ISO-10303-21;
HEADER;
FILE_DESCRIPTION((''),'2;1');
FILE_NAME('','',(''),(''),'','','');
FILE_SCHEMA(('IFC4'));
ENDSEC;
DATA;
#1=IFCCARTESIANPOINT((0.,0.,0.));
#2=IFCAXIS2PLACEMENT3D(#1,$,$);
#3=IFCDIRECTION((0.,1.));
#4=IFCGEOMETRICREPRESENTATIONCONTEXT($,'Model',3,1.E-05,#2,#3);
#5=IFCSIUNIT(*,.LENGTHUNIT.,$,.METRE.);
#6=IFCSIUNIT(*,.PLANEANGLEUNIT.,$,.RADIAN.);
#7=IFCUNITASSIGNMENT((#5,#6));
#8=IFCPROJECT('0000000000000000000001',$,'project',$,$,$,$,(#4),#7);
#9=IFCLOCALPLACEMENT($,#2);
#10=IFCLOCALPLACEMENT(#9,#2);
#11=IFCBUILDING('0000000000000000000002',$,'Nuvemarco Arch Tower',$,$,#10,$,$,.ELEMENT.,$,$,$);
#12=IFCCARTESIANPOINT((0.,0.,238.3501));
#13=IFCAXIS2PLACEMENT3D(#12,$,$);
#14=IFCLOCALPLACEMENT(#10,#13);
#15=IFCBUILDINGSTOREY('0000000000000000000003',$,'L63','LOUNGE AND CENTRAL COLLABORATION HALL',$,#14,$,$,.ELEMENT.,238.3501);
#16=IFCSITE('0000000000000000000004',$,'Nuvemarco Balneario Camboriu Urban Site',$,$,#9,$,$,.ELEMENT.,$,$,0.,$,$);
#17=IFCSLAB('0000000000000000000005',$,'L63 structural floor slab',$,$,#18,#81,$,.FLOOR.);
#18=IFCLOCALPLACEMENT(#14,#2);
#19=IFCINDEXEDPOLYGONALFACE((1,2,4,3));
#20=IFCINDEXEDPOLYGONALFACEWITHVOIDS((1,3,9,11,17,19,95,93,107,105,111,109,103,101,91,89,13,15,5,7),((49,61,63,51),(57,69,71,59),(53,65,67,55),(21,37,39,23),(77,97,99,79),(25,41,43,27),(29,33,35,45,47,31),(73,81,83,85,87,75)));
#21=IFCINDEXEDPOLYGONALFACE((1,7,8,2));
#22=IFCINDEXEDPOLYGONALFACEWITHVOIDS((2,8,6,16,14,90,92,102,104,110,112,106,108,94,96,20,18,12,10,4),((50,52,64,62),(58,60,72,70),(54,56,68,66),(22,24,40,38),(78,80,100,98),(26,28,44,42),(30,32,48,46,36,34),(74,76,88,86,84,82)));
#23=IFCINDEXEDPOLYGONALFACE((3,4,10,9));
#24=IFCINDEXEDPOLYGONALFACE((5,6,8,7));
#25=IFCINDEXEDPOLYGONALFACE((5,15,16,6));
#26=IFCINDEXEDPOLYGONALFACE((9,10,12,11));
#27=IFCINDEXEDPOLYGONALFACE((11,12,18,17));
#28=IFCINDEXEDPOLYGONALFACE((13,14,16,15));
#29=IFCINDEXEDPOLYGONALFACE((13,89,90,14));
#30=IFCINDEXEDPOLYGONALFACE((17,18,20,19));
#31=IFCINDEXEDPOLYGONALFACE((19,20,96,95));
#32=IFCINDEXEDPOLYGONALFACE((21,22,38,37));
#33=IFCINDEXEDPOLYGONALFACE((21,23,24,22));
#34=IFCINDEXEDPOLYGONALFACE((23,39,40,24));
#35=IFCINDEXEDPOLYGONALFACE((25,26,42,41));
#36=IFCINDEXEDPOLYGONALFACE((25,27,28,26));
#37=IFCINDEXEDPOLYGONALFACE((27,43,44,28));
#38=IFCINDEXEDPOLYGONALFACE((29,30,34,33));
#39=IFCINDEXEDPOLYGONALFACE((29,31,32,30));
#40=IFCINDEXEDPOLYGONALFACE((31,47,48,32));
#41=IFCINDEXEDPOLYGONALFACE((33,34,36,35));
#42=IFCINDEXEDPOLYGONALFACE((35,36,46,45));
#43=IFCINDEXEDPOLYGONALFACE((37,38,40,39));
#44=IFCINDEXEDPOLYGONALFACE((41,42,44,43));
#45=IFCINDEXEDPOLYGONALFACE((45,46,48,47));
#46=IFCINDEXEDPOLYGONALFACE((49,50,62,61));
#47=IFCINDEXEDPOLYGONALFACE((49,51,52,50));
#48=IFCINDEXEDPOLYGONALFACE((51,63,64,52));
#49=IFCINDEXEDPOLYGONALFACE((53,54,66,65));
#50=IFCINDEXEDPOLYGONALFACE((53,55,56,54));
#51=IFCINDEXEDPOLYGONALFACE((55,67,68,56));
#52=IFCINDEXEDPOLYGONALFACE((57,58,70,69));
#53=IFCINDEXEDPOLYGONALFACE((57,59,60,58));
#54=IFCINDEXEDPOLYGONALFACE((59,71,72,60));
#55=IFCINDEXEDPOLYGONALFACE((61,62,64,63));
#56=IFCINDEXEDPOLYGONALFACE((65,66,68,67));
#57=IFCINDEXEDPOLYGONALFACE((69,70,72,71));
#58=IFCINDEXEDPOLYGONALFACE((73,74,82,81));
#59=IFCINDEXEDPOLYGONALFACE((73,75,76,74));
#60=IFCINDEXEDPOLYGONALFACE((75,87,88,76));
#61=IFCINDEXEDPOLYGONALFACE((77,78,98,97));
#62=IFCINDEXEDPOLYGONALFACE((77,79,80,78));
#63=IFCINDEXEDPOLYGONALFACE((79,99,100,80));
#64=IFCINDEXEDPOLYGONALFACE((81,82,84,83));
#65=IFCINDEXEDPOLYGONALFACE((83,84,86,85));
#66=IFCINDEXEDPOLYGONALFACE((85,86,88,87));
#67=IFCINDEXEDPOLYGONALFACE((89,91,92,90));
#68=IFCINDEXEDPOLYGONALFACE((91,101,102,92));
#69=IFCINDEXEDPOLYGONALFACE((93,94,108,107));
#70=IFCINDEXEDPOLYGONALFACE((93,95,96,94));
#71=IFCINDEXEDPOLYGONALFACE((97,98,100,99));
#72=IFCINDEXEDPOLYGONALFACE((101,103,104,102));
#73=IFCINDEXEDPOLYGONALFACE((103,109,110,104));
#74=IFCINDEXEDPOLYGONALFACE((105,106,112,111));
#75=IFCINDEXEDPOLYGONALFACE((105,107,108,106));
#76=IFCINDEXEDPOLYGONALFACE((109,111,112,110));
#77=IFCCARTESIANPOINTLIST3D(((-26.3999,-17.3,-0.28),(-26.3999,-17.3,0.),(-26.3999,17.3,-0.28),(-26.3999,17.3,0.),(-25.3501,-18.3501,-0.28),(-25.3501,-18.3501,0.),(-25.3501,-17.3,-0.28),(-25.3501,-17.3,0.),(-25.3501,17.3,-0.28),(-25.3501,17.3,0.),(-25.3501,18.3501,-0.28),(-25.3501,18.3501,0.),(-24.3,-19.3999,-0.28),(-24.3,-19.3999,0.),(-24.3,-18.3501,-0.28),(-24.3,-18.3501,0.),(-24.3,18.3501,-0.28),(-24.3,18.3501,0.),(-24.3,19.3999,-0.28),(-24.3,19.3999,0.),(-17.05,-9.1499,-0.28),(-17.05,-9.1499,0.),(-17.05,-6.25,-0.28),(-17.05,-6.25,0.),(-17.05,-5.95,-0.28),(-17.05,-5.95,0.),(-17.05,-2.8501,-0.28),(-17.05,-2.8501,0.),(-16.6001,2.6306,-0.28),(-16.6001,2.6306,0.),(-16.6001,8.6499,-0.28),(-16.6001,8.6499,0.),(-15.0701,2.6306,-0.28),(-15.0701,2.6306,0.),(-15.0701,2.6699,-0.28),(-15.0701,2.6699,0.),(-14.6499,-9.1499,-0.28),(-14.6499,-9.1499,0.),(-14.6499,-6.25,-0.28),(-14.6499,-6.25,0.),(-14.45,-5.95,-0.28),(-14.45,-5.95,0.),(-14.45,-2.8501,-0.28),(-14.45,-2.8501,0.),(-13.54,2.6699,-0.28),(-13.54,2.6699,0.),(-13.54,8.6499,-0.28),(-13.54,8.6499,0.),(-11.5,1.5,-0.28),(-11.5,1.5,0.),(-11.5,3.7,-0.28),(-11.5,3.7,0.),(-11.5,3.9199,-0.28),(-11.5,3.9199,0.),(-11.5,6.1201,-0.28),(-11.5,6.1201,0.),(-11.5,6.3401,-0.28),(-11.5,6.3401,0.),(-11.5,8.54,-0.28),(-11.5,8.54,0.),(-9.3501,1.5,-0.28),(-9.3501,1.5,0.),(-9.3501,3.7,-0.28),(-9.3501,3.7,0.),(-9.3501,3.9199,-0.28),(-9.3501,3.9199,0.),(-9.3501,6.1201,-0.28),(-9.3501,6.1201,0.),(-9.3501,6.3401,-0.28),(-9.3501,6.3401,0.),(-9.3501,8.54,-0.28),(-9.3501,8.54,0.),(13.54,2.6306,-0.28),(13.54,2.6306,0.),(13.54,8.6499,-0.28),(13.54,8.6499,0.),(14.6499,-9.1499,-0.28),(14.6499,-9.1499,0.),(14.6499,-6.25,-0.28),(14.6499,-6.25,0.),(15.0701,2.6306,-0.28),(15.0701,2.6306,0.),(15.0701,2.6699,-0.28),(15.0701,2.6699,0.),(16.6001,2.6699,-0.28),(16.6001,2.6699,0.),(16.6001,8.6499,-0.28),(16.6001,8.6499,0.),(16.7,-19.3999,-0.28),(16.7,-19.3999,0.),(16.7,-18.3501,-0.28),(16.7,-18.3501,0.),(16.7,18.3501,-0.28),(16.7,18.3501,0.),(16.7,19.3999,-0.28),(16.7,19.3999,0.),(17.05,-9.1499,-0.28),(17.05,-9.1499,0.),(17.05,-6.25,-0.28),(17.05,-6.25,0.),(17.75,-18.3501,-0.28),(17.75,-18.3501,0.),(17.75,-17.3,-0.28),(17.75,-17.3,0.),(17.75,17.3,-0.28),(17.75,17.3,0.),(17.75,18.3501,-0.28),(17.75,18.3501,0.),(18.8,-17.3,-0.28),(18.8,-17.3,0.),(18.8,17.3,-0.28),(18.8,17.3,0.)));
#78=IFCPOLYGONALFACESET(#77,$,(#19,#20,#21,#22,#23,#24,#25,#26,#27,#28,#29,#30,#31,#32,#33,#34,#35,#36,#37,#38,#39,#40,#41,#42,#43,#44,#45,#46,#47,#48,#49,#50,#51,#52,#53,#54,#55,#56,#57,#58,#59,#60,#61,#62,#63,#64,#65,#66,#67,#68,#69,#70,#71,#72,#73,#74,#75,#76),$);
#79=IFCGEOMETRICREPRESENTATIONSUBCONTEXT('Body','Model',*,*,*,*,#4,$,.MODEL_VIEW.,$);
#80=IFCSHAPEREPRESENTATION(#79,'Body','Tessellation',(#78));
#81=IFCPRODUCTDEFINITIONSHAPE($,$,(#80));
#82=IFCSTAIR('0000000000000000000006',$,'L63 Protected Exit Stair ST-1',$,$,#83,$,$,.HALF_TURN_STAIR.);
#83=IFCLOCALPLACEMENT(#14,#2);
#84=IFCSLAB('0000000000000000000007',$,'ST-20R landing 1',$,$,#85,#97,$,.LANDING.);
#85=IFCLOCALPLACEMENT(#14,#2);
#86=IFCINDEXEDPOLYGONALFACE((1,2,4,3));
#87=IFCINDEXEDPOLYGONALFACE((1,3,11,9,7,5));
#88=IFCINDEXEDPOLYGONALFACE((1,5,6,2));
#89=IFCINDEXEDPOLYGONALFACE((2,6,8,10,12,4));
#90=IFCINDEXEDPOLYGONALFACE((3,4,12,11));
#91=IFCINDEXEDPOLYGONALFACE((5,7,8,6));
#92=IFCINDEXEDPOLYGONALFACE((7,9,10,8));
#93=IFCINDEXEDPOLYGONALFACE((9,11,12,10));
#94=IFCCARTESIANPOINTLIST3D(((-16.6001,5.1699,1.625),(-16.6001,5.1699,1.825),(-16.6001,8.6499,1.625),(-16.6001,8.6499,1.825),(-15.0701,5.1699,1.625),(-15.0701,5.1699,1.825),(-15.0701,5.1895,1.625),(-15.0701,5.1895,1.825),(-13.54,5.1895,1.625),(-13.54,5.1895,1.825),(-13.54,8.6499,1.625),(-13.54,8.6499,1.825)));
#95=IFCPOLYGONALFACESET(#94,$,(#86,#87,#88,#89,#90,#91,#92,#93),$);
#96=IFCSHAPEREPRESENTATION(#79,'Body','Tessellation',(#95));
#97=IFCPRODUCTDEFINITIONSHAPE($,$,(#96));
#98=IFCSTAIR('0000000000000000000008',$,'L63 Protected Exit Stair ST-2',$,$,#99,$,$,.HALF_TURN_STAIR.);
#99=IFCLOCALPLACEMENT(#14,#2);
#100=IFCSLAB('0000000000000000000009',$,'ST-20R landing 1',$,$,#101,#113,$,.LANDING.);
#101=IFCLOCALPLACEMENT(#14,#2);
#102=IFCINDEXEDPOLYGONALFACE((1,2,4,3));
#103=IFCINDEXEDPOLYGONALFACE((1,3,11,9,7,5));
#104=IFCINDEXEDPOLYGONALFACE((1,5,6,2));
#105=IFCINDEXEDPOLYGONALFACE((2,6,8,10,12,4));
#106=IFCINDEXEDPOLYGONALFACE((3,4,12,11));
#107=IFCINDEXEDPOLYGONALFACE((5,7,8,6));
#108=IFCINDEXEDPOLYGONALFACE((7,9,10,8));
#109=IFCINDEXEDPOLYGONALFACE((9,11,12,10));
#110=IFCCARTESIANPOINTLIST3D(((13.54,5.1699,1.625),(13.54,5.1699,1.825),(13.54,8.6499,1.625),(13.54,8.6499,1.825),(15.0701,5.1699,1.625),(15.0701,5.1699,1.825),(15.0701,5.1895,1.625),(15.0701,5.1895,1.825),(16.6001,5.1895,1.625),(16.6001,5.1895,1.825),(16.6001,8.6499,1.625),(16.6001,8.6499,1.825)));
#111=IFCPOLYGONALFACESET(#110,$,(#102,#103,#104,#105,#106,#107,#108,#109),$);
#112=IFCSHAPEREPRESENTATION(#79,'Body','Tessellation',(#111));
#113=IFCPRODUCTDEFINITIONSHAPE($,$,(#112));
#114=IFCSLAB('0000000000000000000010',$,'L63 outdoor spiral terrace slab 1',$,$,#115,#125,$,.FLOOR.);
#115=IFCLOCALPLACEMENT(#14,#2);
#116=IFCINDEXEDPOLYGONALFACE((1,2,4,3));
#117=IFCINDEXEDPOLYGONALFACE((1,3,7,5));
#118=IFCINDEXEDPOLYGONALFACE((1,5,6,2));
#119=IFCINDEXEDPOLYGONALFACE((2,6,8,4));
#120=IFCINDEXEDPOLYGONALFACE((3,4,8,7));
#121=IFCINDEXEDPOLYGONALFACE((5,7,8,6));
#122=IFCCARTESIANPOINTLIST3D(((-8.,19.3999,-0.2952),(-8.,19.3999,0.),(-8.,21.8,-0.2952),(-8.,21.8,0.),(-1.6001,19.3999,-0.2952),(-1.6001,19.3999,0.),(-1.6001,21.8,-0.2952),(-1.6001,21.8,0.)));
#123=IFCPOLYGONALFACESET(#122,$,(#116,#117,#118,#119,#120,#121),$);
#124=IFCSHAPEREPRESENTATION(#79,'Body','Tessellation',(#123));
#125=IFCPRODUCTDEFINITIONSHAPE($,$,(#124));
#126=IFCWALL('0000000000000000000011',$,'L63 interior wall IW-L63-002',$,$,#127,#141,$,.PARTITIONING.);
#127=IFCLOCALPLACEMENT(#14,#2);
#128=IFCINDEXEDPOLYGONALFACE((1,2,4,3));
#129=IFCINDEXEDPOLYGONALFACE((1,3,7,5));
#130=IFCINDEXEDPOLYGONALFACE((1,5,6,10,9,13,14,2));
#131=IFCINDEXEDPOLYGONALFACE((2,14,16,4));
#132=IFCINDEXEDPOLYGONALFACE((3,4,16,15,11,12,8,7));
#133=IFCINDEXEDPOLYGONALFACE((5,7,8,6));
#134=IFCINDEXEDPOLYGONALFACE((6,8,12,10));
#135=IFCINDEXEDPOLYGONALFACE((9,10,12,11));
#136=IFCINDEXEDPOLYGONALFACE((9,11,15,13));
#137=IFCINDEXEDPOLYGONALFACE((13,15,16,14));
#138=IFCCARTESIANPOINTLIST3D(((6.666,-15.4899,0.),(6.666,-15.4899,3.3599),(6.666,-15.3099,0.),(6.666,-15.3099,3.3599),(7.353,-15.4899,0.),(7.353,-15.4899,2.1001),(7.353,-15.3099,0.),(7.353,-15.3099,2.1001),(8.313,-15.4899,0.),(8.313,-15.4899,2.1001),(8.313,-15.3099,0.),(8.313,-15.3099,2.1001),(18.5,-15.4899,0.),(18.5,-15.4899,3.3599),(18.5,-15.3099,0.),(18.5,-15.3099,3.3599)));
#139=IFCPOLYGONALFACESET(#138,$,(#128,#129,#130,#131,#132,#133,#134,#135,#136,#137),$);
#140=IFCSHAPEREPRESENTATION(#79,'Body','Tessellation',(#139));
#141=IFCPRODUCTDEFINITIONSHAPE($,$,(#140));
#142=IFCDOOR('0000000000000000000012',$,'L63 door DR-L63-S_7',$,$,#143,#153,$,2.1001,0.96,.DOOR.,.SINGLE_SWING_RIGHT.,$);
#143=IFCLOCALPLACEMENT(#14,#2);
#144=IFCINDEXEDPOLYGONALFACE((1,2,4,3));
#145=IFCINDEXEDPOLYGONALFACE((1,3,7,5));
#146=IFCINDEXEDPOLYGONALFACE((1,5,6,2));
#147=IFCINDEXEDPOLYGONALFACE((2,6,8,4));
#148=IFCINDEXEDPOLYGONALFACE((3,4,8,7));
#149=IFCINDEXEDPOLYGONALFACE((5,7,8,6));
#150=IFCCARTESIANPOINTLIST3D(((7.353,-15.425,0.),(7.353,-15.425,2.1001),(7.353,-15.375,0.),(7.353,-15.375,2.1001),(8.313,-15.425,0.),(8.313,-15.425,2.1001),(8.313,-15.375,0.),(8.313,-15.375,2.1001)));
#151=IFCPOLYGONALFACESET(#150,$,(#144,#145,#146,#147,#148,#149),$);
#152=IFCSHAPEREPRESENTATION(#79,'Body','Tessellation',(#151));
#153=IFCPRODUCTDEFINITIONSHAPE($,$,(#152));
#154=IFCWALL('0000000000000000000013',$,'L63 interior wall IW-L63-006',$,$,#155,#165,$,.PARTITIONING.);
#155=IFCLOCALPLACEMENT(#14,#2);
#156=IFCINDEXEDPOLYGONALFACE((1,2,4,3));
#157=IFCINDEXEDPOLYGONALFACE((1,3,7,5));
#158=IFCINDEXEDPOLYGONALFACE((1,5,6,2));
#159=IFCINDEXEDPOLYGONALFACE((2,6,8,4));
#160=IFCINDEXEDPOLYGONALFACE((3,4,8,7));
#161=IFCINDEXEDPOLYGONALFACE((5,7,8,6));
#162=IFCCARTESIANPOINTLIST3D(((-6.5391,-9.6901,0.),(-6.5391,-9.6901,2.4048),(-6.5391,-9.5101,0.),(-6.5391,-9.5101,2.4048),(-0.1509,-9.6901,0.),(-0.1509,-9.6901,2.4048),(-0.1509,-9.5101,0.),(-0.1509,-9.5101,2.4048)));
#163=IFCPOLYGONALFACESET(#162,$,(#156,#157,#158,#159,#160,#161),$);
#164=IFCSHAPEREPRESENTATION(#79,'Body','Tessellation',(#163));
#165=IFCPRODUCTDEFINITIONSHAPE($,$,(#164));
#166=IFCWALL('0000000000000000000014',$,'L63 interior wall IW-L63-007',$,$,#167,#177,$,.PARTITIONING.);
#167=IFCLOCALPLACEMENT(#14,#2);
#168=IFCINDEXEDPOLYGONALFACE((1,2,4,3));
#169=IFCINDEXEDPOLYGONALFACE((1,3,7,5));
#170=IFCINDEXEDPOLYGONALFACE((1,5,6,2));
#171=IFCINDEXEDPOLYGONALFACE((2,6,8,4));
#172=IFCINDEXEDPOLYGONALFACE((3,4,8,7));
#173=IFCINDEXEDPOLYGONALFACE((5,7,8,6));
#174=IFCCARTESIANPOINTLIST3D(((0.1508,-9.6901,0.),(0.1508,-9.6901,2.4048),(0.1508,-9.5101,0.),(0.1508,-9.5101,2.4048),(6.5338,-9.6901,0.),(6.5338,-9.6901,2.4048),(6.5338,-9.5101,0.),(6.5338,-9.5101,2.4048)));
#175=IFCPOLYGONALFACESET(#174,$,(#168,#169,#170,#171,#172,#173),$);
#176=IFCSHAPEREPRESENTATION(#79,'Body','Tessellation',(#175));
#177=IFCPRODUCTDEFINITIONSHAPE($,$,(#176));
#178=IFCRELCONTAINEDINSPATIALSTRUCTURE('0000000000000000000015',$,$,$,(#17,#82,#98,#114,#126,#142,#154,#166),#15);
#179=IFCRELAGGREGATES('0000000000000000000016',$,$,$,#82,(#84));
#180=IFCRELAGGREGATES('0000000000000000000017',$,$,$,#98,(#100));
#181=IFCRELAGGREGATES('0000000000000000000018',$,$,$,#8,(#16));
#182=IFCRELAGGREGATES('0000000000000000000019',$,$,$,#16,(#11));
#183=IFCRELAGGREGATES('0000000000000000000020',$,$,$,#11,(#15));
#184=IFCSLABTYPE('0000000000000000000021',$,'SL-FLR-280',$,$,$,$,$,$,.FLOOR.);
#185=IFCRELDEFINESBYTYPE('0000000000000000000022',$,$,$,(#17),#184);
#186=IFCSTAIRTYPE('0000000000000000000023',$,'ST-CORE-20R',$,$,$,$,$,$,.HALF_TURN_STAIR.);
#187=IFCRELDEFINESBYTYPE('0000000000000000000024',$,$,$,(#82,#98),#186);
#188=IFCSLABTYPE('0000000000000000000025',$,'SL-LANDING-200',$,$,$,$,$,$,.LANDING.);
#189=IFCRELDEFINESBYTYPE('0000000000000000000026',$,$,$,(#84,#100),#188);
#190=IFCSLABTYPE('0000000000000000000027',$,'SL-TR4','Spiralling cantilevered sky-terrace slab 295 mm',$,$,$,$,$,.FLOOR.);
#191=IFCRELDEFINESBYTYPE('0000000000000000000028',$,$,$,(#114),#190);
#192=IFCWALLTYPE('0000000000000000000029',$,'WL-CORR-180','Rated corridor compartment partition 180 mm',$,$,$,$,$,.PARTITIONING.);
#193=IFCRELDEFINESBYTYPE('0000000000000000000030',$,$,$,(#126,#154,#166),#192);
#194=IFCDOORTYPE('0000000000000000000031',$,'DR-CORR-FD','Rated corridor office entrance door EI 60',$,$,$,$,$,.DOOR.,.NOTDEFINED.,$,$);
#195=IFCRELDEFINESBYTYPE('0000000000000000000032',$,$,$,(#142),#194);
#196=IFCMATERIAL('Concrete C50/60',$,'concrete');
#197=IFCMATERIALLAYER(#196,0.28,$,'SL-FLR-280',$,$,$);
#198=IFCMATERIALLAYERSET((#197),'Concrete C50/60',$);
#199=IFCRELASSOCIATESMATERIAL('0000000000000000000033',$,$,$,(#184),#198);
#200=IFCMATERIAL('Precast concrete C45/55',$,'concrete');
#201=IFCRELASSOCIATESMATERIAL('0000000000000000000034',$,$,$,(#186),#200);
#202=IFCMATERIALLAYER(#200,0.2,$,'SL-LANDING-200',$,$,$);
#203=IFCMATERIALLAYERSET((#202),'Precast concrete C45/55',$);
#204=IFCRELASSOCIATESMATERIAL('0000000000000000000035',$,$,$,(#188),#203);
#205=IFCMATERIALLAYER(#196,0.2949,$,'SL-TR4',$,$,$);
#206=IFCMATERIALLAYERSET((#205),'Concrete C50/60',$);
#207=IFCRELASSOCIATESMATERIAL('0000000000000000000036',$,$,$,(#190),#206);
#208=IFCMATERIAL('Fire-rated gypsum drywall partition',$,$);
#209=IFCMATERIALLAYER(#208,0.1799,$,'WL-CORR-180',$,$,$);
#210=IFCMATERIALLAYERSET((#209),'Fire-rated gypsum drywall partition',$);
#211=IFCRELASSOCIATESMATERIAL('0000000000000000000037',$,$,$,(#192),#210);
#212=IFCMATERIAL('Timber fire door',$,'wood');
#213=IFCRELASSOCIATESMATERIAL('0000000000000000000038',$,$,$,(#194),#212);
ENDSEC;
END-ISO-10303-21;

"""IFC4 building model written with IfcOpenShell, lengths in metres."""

from ifc_helpers import new_model, si_unit, direction, frame, frame_2d, origin, place, context, subcontext, project, spatial, polyline, rectangle, outline, extrude, source, transform, mapped, material, layer, layer_set, type_object, type_shapes, element, fill, aggregate, save


model = new_model("IFC4")

# Units and contexts
model_context = context("Model", 3, precision=1e-05, world=origin(), true_north=direction((0.0, 1.0)))
body_context = subcontext(model_context, "Body", "Model", "MODEL_VIEW")
ifc_project = project(units=[si_unit("LENGTHUNIT", "METRE"), si_unit("PLANEANGLEUNIT", "RADIAN")], contexts=[model_context])

# Site, building, storey
site_placement = place(None, origin())
site = spatial("IfcSite", under=ifc_project, at=site_placement, Name="Nuvemarco Balneario Camboriu Urban Site", CompositionType="ELEMENT", RefElevation=0.0)
building_placement = place(site_placement, origin())
building = spatial("IfcBuilding", under=site, at=building_placement, Name="Nuvemarco Arch Tower", CompositionType="ELEMENT")
storey_placement = place(building_placement, frame((0.0, 0.0, 238.3501)))
storey = spatial("IfcBuildingStorey", under=building, at=storey_placement, Name="L63", Description="LOUNGE AND CENTRAL COLLABORATION HALL", CompositionType="ELEMENT", Elevation=238.3501)

# Slab
ifc_material_1 = material(Name="Concrete C50/60", Category="concrete")
ifc_layer_1 = layer(ifc_material_1, 0.28, Name="SL-FLR-280")
ifc_layer_set_1 = layer_set([ifc_layer_1], Name="Concrete C50/60")
slab_type_1 = type_object("IfcSlabType", Name="SL-FLR-280", PredefinedType="FLOOR", material=ifc_layer_set_1)
slab_1_placement = place(storey_placement, frame((0.0, 0.0, -0.28)))
element("IfcSlab", 1, at=slab_1_placement, inside=storey, type_object=slab_type_1, Name="L63 structural floor slab", PredefinedType="FLOOR", context=body_context, shape_type="SweptSolid", body=[
    extrude(outline(polyline([(-24.3, -19.3999), (16.7, -19.3999), (16.7, -18.3501), (17.75, -18.3501), (17.75, -17.3), (18.8, -17.3), (18.8, 17.3), (17.75, 17.3), (17.75, 18.3501), (16.7, 18.3501), (16.7, 19.3999), (-24.3, 19.3999), (-24.3, 18.3501), (-25.3501, 18.3501), (-25.3501, 17.3), (-26.3999, 17.3), (-26.3999, -17.3), (-25.3501, -17.3), (-25.3501, -18.3501), (-24.3, -18.3501), (-24.3, -19.3999)]), holes=[polyline([(-13.54, 2.6699), (-13.54, 8.6499), (-16.6001, 8.6499), (-16.6001, 2.6306), (-15.0701, 2.6306), (-15.0701, 2.6699), (-13.54, 2.6699)]), polyline([(16.6001, 2.6699), (16.6001, 8.6499), (13.54, 8.6499), (13.54, 2.6306), (15.0701, 2.6306), (15.0701, 2.6699), (16.6001, 2.6699)]), polyline([(-17.05, -9.1499), (-14.6499, -9.1499), (-14.6499, -6.25), (-17.05, -6.25), (-17.05, -9.1499)]), polyline([(-17.05, -5.95), (-14.45, -5.95), (-14.45, -2.8501), (-17.05, -2.8501), (-17.05, -5.95)]), polyline([(-11.5, 1.5), (-9.3501, 1.5), (-9.3501, 3.7), (-11.5, 3.7), (-11.5, 1.5)]), polyline([(-11.5, 3.9199), (-9.3501, 3.9199), (-9.3501, 6.1201), (-11.5, 6.1201), (-11.5, 3.9199)]), polyline([(-11.5, 6.3401), (-9.3501, 6.3401), (-9.3501, 8.54), (-11.5, 8.54), (-11.5, 6.3401)]), polyline([(14.6499, -9.1499), (17.05, -9.1499), (17.05, -6.25), (14.6499, -6.25), (14.6499, -9.1499)])]), origin(), (0.0, 0.0, 1.0), 0.28),
])

# Stairs, slabs
ifc_material_2 = material(Name="Precast concrete C45/55", Category="concrete")
stair_type = type_object("IfcStairType", Name="ST-CORE-20R", PredefinedType="HALF_TURN_STAIR", material=ifc_material_2)
stair_1_placement = place(storey_placement, origin())
stair_1 = element("IfcStair", 2, at=stair_1_placement, inside=storey, type_object=stair_type, Name="L63 Protected Exit Stair ST-1", PredefinedType="HALF_TURN_STAIR")
ifc_layer_2 = layer(ifc_material_2, 0.2, Name="SL-LANDING-200")
ifc_layer_set_2 = layer_set([ifc_layer_2], Name="Precast concrete C45/55")
slab_type_2 = type_object("IfcSlabType", Name="SL-LANDING-200", PredefinedType="LANDING", material=ifc_layer_set_2)
slab_2_placement = place(storey_placement, frame((0.0, 0.0, 1.625)))
slab_2 = element("IfcSlab", 3, at=slab_2_placement, type_object=slab_type_2, Name="ST-20R landing 1", PredefinedType="LANDING", context=body_context, shape_type="SweptSolid", body=[
    extrude(outline(polyline([(-13.54, 5.1895), (-13.54, 8.6499), (-16.6001, 8.6499), (-16.6001, 5.1699), (-15.0701, 5.1699), (-15.0701, 5.1895), (-13.54, 5.1895)])), origin(), (0.0, 0.0, 1.0), 0.2),
])
aggregate(stair_1, [slab_2])
stair_2_placement = place(storey_placement, origin())
stair_2 = element("IfcStair", 4, at=stair_2_placement, inside=storey, type_object=stair_type, Name="L63 Protected Exit Stair ST-2", PredefinedType="HALF_TURN_STAIR")
slab_3_placement = place(storey_placement, frame((0.0, 0.0, 1.625)))
slab_3 = element("IfcSlab", 5, at=slab_3_placement, type_object=slab_type_2, Name="ST-20R landing 1", PredefinedType="LANDING", context=body_context, shape_type="SweptSolid", body=[
    extrude(outline(polyline([(16.6001, 5.1895), (16.6001, 8.6499), (13.54, 8.6499), (13.54, 5.1699), (15.0701, 5.1699), (15.0701, 5.1895), (16.6001, 5.1895)])), origin(), (0.0, 0.0, 1.0), 0.2),
])
aggregate(stair_2, [slab_3])

# Slab
ifc_layer_3 = layer(ifc_material_1, 0.2949, Name="SL-TR4")
ifc_layer_set_3 = layer_set([ifc_layer_3], Name="Concrete C50/60")
slab_type_3 = type_object("IfcSlabType", Name="SL-TR4", Description="Spiralling cantilevered sky-terrace slab 295 mm", PredefinedType="FLOOR", material=ifc_layer_set_3)
slab_4_placement = place(storey_placement, frame((0.0, 0.0, -0.2952)))
element("IfcSlab", 6, at=slab_4_placement, inside=storey, type_object=slab_type_3, Name="L63 outdoor spiral terrace slab 1", PredefinedType="FLOOR", context=body_context, shape_type="SweptSolid", body=[
    extrude(outline(polyline([(-8.0, 19.3999), (-1.6001, 19.3999), (-1.6001, 21.8), (-8.0, 21.8), (-8.0, 19.3999)])), origin(), (0.0, 0.0, 1.0), 0.2952),
])

# Wall, opening, door
ifc_material_3 = material(Name="Fire-rated gypsum drywall partition")
ifc_layer_4 = layer(ifc_material_3, 0.1799, Name="WL-CORR-180")
ifc_layer_set_4 = layer_set([ifc_layer_4], Name="Fire-rated gypsum drywall partition")
wall_type = type_object("IfcWallType", Name="WL-CORR-180", Description="Rated corridor compartment partition 180 mm", PredefinedType="PARTITIONING", material=ifc_layer_set_4)
wall_1_placement = place(storey_placement, frame((6.666, -15.3999, 0.0), z_axis=(0.0, 0.0, 1.0), x_axis=(1.0, 0.0, 0.0)))
wall_1 = element("IfcWall", 7, at=wall_1_placement, inside=storey, type_object=wall_type, Name="L63 interior wall IW-L63-002", PredefinedType="PARTITIONING", context=body_context, shape_type="SweptSolid", body=[
    extrude(rectangle(XDim=11.834, YDim=0.1799, at=frame_2d((5.917, 0.0))), origin(), (0.0, 0.0, 1.0), 3.3599),
])
opening_placement = place(wall_1_placement, frame((0.687, 0.0, 0.0)))
opening = element("IfcOpeningElement", 8, at=opening_placement, cuts=wall_1, PredefinedType="OPENING", context=body_context, shape_type="SweptSolid", body=[
    extrude(rectangle(XDim=0.96, YDim=2.1001, at=frame_2d((0.48, 1.05))), frame((0.0, 0.0999, 0.0), z_axis=(0.0, -1.0, 0.0), x_axis=(1.0, 0.0, 0.0)), (0.0, 0.0, 1.0), 0.2),
])
ifc_material_4 = material(Name="Timber fire door", Category="wood")
door_type = type_object("IfcDoorType", Name="DR-CORR-FD", Description="Rated corridor office entrance door EI 60", OperationType="NOTDEFINED", PredefinedType="DOOR", material=ifc_material_4)
shared_shape = source(origin(), body_context, "Body", "SweptSolid", [
    extrude(rectangle(XDim=0.96, YDim=2.1001, at=frame_2d((0.48, 1.05))), frame((0.0, 0.0249, 0.0), z_axis=(0.0, -1.0, 0.0), x_axis=(1.0, 0.0, 0.0)), (0.0, 0.0, 1.0), 0.05),
])
type_shapes(door_type, [shared_shape])
door_placement = place(opening_placement, origin())
door = element("IfcDoor", 9, at=door_placement, inside=storey, type_object=door_type, Name="L63 door DR-L63-S_7", OperationType="SINGLE_SWING_RIGHT", OverallHeight=2.1001, OverallWidth=0.96, PredefinedType="DOOR", context=body_context, shape_type="MappedRepresentation", body=[
    mapped(shared_shape, transform((0.0, 0.0, 0.0), scale=1.0)),
])
fill(opening, door)

# Walls
wall_2_placement = place(storey_placement, frame((-6.5391, -9.6001, 0.0), z_axis=(0.0, 0.0, 1.0), x_axis=(1.0, 0.0, 0.0)))
element("IfcWall", 10, at=wall_2_placement, inside=storey, type_object=wall_type, Name="L63 interior wall IW-L63-006", PredefinedType="PARTITIONING", context=body_context, shape_type="SweptSolid", body=[
    extrude(rectangle(XDim=6.3882, YDim=0.1799, at=frame_2d((3.1941, 0.0))), origin(), (0.0, 0.0, 1.0), 2.4048),
])
wall_3_placement = place(storey_placement, frame((0.1509, -9.6001, 0.0), z_axis=(0.0, 0.0, 1.0), x_axis=(1.0, 0.0, 0.0)))
element("IfcWall", 11, at=wall_3_placement, inside=storey, type_object=wall_type, Name="L63 interior wall IW-L63-007", PredefinedType="PARTITIONING", context=body_context, shape_type="SweptSolid", body=[
    extrude(rectangle(XDim=6.3831, YDim=0.1799, at=frame_2d((3.1914, 0.0))), origin(), (0.0, 0.0, 1.0), 2.4048),
])

save(model, "model.ifc")
